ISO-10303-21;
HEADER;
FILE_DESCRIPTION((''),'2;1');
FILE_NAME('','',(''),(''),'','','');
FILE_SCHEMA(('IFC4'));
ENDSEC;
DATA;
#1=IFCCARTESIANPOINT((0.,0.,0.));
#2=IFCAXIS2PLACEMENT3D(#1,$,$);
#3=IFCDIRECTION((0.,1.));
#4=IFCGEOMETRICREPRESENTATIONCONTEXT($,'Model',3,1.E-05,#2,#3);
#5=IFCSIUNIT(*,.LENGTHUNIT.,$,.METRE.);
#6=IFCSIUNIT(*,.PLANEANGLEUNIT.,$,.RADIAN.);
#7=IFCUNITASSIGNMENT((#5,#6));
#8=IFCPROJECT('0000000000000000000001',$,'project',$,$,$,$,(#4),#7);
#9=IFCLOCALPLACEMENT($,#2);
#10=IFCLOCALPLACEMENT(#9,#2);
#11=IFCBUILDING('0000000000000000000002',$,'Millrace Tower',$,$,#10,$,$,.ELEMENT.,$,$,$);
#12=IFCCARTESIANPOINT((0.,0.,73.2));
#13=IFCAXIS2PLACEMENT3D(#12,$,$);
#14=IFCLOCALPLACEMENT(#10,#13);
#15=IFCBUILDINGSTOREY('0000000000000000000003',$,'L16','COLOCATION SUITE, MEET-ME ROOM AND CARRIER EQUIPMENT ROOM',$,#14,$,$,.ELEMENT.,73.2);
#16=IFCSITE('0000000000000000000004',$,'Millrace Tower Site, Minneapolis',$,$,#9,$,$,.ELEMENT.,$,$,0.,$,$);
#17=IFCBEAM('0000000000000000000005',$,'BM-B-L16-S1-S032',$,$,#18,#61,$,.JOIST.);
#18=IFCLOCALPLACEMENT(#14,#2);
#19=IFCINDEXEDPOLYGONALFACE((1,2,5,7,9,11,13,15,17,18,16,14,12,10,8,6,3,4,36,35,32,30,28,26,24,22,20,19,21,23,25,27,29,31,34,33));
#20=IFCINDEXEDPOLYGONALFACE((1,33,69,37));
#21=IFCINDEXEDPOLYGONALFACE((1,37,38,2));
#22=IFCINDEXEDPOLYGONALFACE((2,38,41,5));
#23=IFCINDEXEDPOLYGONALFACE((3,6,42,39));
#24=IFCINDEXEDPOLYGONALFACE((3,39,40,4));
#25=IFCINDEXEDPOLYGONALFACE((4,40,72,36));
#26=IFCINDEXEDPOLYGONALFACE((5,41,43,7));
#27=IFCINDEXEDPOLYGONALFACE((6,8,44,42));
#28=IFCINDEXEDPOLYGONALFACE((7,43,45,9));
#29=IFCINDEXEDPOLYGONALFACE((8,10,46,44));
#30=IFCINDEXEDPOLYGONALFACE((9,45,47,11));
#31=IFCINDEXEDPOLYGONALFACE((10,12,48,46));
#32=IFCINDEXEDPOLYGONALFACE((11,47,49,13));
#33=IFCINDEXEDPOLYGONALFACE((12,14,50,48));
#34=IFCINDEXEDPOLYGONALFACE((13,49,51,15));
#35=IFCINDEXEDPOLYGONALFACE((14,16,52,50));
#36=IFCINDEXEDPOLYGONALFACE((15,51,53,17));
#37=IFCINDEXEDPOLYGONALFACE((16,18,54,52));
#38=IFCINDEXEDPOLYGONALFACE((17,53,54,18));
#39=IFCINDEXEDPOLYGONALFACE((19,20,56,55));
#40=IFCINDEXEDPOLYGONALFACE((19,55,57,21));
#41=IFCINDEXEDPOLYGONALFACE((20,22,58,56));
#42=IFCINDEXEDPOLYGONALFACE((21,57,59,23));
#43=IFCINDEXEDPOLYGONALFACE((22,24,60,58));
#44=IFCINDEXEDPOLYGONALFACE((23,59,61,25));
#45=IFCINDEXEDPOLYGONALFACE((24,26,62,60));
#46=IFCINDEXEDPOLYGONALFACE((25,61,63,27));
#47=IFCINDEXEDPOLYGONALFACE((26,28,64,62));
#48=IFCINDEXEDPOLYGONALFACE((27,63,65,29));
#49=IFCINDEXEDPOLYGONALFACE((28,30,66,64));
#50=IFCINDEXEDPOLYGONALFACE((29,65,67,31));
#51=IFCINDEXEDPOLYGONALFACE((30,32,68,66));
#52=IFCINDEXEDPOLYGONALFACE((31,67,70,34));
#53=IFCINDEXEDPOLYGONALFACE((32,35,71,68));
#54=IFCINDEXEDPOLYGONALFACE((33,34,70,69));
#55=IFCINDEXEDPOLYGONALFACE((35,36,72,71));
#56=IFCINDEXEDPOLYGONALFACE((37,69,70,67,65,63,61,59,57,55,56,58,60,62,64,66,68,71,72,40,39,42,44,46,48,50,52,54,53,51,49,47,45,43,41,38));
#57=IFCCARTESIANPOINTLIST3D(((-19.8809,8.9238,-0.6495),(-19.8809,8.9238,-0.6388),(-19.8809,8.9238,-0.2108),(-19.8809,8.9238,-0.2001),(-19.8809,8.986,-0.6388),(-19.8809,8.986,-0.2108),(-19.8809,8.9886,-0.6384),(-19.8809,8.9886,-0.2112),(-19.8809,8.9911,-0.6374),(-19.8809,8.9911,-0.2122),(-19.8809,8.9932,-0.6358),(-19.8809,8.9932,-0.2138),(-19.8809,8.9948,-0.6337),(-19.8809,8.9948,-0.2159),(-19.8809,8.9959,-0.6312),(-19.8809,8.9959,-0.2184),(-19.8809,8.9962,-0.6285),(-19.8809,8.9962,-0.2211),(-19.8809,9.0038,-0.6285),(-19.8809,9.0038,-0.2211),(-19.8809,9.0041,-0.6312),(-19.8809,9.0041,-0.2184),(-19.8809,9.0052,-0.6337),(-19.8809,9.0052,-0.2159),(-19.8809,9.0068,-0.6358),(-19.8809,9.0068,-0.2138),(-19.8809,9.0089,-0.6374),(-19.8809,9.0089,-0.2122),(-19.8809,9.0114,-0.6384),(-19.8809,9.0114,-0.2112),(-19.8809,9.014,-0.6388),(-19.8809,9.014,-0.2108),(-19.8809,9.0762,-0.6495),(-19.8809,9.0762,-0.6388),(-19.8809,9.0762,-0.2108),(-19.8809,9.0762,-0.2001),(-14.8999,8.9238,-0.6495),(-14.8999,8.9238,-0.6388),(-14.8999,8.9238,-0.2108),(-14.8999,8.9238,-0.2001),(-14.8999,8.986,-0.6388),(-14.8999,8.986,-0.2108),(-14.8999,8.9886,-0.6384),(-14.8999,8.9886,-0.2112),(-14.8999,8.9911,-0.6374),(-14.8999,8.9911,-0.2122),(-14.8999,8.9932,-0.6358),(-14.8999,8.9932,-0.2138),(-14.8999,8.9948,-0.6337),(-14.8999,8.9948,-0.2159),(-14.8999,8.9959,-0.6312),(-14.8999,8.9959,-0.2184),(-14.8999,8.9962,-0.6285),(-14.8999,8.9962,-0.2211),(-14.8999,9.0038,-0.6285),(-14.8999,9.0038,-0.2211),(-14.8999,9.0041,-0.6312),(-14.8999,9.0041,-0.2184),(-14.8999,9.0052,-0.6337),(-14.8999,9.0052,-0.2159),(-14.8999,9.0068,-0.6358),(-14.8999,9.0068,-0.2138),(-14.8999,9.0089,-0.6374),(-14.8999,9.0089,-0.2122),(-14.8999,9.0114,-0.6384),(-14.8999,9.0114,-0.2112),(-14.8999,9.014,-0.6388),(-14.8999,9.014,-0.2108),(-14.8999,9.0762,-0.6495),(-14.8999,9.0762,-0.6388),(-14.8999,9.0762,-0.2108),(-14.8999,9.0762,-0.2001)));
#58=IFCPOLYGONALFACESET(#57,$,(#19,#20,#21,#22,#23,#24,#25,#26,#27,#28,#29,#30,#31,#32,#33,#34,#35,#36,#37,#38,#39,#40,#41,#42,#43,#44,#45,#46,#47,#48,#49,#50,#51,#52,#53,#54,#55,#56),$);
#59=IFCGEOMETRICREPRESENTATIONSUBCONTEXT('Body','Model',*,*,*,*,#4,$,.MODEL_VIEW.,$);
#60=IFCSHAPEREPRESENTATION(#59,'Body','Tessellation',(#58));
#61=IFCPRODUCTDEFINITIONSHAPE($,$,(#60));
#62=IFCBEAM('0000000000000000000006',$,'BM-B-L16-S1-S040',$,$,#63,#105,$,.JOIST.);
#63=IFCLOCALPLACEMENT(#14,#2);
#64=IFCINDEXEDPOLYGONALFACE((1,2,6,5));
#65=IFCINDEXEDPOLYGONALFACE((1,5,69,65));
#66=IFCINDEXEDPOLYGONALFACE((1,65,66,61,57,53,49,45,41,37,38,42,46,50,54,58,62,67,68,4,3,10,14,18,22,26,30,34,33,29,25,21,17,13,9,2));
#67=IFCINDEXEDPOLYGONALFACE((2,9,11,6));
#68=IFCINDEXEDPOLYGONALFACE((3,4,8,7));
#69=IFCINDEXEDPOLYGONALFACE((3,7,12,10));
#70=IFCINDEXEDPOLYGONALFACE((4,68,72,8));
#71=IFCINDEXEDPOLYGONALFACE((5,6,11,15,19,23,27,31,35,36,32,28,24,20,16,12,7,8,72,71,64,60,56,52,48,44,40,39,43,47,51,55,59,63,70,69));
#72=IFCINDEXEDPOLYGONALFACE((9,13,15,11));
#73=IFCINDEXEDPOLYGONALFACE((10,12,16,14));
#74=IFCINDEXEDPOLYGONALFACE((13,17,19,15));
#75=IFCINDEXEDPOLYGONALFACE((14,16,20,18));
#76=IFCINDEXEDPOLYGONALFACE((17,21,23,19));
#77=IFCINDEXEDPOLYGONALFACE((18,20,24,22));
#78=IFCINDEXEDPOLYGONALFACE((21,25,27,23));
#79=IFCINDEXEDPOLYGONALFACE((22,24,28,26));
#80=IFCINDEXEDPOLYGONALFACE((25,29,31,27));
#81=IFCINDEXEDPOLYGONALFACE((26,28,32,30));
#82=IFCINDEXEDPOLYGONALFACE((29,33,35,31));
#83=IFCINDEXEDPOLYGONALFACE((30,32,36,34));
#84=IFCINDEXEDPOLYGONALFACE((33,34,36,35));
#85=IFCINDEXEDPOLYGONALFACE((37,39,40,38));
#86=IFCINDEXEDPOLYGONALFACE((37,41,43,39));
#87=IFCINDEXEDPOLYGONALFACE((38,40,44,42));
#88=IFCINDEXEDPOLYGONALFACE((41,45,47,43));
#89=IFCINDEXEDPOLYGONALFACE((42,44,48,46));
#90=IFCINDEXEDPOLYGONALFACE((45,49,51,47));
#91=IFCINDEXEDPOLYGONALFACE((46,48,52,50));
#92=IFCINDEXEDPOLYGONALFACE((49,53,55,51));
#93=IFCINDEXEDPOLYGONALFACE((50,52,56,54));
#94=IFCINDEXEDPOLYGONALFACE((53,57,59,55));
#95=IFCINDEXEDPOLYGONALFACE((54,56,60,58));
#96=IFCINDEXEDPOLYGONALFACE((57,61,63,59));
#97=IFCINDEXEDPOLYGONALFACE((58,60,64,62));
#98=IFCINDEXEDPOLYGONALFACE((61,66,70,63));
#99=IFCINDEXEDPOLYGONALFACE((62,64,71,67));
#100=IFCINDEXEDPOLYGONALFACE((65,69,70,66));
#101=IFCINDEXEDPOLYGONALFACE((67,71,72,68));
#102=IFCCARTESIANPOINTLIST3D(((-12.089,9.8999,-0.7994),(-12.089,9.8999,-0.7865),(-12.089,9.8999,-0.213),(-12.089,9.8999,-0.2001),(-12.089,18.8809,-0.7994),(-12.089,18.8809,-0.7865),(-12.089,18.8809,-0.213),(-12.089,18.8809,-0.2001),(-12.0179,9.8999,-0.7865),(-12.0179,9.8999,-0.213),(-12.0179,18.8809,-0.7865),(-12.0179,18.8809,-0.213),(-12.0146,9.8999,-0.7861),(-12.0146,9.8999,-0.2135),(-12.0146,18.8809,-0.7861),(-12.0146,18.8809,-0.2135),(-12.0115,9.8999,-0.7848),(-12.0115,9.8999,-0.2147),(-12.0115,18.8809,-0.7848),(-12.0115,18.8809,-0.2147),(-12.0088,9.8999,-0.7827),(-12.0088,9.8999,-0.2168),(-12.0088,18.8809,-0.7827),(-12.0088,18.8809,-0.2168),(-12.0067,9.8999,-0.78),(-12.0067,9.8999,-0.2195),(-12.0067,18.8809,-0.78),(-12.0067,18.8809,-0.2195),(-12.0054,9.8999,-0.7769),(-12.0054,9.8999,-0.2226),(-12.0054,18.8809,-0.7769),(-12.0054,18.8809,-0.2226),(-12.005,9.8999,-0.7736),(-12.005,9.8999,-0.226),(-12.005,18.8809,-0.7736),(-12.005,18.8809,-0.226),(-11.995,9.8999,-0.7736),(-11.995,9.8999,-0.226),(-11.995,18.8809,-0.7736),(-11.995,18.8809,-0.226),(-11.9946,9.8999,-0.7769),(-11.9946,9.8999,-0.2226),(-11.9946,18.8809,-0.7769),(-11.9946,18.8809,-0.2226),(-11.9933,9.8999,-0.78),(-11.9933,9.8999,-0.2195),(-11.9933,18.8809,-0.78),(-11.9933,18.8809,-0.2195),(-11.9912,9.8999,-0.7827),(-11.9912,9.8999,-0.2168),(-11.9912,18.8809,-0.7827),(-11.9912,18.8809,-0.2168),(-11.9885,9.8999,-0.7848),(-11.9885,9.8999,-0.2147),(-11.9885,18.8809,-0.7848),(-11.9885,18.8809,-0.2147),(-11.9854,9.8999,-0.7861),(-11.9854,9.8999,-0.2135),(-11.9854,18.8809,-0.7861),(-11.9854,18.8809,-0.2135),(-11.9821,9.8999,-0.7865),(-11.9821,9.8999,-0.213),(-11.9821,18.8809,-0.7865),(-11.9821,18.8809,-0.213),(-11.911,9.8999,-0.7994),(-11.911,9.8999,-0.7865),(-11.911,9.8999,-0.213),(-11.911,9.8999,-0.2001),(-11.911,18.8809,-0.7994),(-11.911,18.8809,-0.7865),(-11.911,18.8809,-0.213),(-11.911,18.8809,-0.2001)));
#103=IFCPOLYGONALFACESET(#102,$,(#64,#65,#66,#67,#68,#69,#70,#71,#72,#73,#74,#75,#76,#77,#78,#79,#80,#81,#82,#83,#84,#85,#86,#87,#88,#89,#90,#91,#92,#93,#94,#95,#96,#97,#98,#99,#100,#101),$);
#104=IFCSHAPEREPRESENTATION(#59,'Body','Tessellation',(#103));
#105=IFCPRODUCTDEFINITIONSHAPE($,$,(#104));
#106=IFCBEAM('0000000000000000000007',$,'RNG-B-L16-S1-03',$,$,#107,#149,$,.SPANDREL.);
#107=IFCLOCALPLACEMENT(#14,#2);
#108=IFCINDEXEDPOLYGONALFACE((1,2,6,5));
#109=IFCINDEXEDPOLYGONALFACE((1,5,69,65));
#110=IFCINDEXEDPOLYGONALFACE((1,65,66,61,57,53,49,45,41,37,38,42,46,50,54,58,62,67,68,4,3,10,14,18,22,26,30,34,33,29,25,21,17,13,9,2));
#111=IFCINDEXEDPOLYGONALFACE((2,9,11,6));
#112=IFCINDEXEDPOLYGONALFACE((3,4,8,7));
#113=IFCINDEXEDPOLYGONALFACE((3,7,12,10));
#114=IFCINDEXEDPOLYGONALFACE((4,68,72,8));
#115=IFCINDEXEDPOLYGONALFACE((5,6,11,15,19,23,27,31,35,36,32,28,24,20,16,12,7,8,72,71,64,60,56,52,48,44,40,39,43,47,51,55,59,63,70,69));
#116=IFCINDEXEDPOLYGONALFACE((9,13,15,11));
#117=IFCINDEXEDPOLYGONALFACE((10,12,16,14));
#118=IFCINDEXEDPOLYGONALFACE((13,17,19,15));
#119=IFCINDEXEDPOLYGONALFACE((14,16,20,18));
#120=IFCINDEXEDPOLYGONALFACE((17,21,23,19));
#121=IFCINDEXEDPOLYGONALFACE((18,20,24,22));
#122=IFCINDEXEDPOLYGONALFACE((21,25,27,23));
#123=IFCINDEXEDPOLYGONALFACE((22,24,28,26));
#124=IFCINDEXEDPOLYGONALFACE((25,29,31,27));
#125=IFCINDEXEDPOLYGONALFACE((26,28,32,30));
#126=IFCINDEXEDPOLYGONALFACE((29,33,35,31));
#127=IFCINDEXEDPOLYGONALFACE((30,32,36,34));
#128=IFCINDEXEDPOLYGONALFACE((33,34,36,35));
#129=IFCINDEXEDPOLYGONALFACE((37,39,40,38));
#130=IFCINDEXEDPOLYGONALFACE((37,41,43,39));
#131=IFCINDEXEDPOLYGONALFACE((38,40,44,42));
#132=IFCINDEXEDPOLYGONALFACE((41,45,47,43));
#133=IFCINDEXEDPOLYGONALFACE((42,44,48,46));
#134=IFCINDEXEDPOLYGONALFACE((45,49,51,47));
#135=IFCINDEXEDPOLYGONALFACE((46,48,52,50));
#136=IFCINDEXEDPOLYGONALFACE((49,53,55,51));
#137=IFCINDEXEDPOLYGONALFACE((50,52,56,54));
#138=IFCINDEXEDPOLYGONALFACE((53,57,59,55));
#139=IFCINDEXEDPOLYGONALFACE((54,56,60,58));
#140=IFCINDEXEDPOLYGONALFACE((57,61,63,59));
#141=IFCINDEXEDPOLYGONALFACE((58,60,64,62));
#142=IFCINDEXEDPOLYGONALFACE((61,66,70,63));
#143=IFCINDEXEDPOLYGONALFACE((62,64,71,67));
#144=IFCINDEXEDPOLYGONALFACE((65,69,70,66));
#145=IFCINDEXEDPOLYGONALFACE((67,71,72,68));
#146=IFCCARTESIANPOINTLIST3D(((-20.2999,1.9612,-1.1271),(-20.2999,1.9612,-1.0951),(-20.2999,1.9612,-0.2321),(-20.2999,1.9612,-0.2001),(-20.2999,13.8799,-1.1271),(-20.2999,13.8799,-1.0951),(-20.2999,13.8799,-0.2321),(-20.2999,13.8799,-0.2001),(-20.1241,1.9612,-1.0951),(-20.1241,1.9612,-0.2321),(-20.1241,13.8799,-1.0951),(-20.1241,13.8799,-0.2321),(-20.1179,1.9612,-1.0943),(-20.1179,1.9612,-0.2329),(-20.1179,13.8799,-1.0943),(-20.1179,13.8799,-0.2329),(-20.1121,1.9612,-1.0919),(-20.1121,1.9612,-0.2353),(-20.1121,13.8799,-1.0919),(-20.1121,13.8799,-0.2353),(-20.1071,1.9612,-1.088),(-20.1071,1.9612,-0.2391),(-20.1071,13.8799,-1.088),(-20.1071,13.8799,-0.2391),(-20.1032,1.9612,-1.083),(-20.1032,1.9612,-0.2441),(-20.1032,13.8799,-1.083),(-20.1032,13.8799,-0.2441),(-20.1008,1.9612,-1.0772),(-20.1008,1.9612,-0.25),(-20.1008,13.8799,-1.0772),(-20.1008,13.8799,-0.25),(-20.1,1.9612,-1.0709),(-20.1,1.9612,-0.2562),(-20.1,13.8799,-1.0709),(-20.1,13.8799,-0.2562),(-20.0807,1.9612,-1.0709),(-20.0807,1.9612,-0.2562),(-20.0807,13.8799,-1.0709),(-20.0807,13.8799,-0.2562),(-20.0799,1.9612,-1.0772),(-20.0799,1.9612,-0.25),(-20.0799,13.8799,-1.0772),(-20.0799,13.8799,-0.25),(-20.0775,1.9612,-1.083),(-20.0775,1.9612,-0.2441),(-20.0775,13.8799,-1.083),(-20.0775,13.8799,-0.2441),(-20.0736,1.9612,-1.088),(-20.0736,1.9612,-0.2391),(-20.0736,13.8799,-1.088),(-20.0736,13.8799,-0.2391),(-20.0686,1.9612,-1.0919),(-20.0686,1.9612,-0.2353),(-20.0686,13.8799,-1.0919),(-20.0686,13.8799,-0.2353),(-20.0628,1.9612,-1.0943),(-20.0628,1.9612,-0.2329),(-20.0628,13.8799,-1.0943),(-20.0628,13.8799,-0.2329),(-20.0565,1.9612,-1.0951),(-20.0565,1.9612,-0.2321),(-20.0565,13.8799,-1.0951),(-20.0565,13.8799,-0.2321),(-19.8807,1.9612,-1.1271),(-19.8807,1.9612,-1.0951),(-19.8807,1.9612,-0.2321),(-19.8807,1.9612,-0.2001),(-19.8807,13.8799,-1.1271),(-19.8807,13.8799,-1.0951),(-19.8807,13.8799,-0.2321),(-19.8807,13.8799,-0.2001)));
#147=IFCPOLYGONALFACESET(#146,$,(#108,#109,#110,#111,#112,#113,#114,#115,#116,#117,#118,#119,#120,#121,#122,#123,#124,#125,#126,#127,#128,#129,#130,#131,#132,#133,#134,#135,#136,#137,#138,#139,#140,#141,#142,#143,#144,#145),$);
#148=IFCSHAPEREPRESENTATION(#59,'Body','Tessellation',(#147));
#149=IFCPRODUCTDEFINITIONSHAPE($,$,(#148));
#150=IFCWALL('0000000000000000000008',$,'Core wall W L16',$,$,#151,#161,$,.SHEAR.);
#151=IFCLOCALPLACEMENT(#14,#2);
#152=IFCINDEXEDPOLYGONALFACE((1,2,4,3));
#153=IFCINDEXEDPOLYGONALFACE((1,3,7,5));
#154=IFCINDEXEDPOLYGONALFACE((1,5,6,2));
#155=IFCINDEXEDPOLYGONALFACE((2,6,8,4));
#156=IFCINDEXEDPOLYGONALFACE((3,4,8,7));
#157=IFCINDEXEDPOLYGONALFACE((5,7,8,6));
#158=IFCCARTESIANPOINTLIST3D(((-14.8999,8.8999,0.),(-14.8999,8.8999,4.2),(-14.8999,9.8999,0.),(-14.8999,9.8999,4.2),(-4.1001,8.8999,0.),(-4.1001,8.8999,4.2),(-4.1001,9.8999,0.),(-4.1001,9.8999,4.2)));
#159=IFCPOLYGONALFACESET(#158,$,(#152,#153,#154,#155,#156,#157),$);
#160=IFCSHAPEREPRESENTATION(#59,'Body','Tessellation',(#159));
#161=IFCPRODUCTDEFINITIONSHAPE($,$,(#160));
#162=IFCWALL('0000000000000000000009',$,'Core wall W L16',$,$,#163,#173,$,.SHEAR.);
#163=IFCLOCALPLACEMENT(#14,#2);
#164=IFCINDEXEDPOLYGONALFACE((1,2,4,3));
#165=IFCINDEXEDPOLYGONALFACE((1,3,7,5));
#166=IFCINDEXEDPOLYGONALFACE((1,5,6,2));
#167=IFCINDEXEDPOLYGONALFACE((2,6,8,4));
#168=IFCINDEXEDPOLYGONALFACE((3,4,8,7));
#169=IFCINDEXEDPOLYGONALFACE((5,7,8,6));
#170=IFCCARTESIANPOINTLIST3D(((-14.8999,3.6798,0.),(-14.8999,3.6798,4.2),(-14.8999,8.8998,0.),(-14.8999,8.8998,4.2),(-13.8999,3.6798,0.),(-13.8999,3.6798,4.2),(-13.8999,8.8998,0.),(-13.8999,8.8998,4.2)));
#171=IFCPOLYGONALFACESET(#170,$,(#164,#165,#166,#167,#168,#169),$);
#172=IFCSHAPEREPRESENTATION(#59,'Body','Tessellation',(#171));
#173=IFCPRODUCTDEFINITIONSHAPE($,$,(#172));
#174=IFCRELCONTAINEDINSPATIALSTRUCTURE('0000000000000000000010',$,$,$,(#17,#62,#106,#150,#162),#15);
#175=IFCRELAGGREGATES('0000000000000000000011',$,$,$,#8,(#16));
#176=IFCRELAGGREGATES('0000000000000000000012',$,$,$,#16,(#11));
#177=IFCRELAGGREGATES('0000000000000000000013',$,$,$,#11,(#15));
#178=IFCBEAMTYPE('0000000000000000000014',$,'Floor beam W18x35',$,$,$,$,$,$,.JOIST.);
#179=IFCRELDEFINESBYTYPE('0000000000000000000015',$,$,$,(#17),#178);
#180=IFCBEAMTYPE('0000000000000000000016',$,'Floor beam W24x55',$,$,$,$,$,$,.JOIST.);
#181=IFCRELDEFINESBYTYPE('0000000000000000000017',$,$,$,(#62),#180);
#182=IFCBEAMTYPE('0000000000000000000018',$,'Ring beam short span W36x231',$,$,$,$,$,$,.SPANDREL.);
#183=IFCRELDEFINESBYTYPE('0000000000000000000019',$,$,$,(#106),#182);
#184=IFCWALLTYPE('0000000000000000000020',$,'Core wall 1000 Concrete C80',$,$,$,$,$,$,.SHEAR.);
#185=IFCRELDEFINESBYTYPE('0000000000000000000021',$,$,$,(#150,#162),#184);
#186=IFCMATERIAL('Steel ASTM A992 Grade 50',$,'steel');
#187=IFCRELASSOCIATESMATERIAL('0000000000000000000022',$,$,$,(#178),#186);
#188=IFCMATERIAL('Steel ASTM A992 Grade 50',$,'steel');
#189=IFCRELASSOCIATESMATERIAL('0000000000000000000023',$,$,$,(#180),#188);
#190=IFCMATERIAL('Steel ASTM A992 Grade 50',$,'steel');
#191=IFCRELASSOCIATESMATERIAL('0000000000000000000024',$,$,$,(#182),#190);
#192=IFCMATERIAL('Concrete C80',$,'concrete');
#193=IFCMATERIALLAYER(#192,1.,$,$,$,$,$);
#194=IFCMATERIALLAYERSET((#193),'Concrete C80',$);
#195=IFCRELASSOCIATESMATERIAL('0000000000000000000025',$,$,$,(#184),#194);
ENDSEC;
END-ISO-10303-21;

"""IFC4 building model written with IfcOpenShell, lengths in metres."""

from ifc_helpers import new_model, si_unit, direction, frame, frame_2d, origin, origin_2d, place, context, subcontext, project, spatial, rectangle, i_section, extrude, material, layer, layer_set, material_profile, profile_set, type_object, element, save


model = new_model("IFC4")

# Units and contexts
model_context = context("Model", 3, precision=1e-05, world=origin(), true_north=direction((0.0, 1.0)))
body_context = subcontext(model_context, "Body", "Model", "MODEL_VIEW")
ifc_project = project(units=[si_unit("LENGTHUNIT", "METRE"), si_unit("PLANEANGLEUNIT", "RADIAN")], contexts=[model_context])

# Site, building, storey
site_placement = place(None, origin())
site = spatial("IfcSite", under=ifc_project, at=site_placement, Name="Millrace Tower Site, Minneapolis", CompositionType="ELEMENT", RefElevation=0.0)
building_placement = place(site_placement, origin())
building = spatial("IfcBuilding", under=site, at=building_placement, Name="Millrace Tower", CompositionType="ELEMENT")
storey_placement = place(building_placement, frame((0.0, 0.0, 73.2)))
storey = spatial("IfcBuildingStorey", under=building, at=storey_placement, Name="L16", Description="COLOCATION SUITE, MEET-ME ROOM AND CARRIER EQUIPMENT ROOM", CompositionType="ELEMENT", Elevation=73.2)

# Beams
ifc_material_1 = material(Name="Steel ASTM A992 Grade 50", Category="steel")
ifc_material_profile_1 = material_profile(ifc_material_1, i_section(OverallWidth=0.1523, OverallDepth=0.4495, WebThickness=0.0076, FlangeThickness=0.0107, FilletRadius=0.0103, at=origin_2d()))
ifc_profile_set_1 = profile_set([ifc_material_profile_1], Name="Steel ASTM A992 Grade 50")
beam_type_1 = type_object("IfcBeamType", Name="Floor beam W18x35", PredefinedType="JOIST", material=ifc_profile_set_1)
for number, where, z_axis, x_axis, name in (
    (1, (-19.8809, 9.0, -0.4248), (1.0, 0.0, 0.0), (0.0, 1.0, 0.0), "BM-B-L16-S1-S032"),
):
    element("IfcBeam", number, at=place(storey_placement, frame(where, z_axis=z_axis, x_axis=x_axis)), inside=storey, type_object=beam_type_1, Name=name, PredefinedType="JOIST", context=body_context, shape_type="SweptSolid", body=[
        extrude(i_section(OverallWidth=0.1523, OverallDepth=0.4495, WebThickness=0.0076, FlangeThickness=0.0107, FilletRadius=0.0103, at=origin_2d()), origin(), (0.0, 0.0, 1.0), 4.981),
    ])
ifc_material_2 = material(Name="Steel ASTM A992 Grade 50", Category="steel")
ifc_material_profile_2 = material_profile(ifc_material_2, i_section(OverallWidth=0.178, OverallDepth=0.5994, WebThickness=0.01, FlangeThickness=0.0129, FilletRadius=0.0129, at=origin_2d()))
ifc_profile_set_2 = profile_set([ifc_material_profile_2], Name="Steel ASTM A992 Grade 50")
beam_type_2 = type_object("IfcBeamType", Name="Floor beam W24x55", PredefinedType="JOIST", material=ifc_profile_set_2)
beam_1_placement = place(storey_placement, frame((-12.0, 9.8999, -0.4998), z_axis=(0.0, 1.0, 0.0), x_axis=(-1.0, 0.0, 0.0)))
element("IfcBeam", 2, at=beam_1_placement, inside=storey, type_object=beam_type_2, Name="BM-B-L16-S1-S040", PredefinedType="JOIST", context=body_context, shape_type="SweptSolid", body=[
    extrude(i_section(OverallWidth=0.178, OverallDepth=0.5994, WebThickness=0.01, FlangeThickness=0.0129, FilletRadius=0.0129, at=origin_2d()), origin(), (0.0, 0.0, 1.0), 8.981),
])
ifc_material_3 = material(Name="Steel ASTM A992 Grade 50", Category="steel")
ifc_material_profile_3 = material_profile(ifc_material_3, i_section(OverallWidth=0.4192, OverallDepth=0.927, WebThickness=0.0193, FlangeThickness=0.032, FilletRadius=0.0242, at=origin_2d()))
ifc_profile_set_3 = profile_set([ifc_material_profile_3], Name="Steel ASTM A992 Grade 50")
beam_type_3 = type_object("IfcBeamType", Name="Ring beam short span W36x231", PredefinedType="SPANDREL", material=ifc_profile_set_3)
beam_2_placement = place(storey_placement, frame((-20.0903, 1.9612, -0.6636), z_axis=(0.0, 1.0, 0.0), x_axis=(-1.0, 0.0, 0.0)))
element("IfcBeam", 3, at=beam_2_placement, inside=storey, type_object=beam_type_3, Name="RNG-B-L16-S1-03", PredefinedType="SPANDREL", context=body_context, shape_type="SweptSolid", body=[
    extrude(i_section(OverallWidth=0.4192, OverallDepth=0.927, WebThickness=0.0193, FlangeThickness=0.032, FilletRadius=0.0242, at=origin_2d()), origin(), (0.0, 0.0, 1.0), 11.9187),
])

# Walls
ifc_material_4 = material(Name="Concrete C80", Category="concrete")
ifc_layer_1 = layer(ifc_material_4, 1.0)
ifc_layer_set_1 = layer_set([ifc_layer_1], Name="Concrete C80")
wall_type_1 = type_object("IfcWallType", Name="Core wall 1000 Concrete C80", PredefinedType="SHEAR", material=ifc_layer_set_1)
wall_1_placement = place(storey_placement, frame((-14.8999, 9.3999, 0.0), z_axis=(0.0, 0.0, 1.0), x_axis=(1.0, 0.0, 0.0)))
element("IfcWall", 4, at=wall_1_placement, inside=storey, type_object=wall_type_1, Name="Core wall W L16", PredefinedType="SHEAR", context=body_context, shape_type="SweptSolid", body=[
    extrude(rectangle(XDim=10.7998, YDim=1.0, at=frame_2d((5.3999, 0.0))), origin(), (0.0, 0.0, 1.0), 4.2),
])
wall_2_placement = place(storey_placement, frame((-14.3999, 3.6799, 0.0), z_axis=(0.0, 0.0, 1.0), x_axis=(0.0, 1.0, 0.0)))
element("IfcWall", 5, at=wall_2_placement, inside=storey, type_object=wall_type_1, Name="Core wall W L16", PredefinedType="SHEAR", context=body_context, shape_type="SweptSolid", body=[
    extrude(rectangle(XDim=5.22, YDim=1.0, at=frame_2d((2.6099, 0.0))), origin(), (0.0, 0.0, 1.0), 4.2),
])

save(model, "model.ifc")
